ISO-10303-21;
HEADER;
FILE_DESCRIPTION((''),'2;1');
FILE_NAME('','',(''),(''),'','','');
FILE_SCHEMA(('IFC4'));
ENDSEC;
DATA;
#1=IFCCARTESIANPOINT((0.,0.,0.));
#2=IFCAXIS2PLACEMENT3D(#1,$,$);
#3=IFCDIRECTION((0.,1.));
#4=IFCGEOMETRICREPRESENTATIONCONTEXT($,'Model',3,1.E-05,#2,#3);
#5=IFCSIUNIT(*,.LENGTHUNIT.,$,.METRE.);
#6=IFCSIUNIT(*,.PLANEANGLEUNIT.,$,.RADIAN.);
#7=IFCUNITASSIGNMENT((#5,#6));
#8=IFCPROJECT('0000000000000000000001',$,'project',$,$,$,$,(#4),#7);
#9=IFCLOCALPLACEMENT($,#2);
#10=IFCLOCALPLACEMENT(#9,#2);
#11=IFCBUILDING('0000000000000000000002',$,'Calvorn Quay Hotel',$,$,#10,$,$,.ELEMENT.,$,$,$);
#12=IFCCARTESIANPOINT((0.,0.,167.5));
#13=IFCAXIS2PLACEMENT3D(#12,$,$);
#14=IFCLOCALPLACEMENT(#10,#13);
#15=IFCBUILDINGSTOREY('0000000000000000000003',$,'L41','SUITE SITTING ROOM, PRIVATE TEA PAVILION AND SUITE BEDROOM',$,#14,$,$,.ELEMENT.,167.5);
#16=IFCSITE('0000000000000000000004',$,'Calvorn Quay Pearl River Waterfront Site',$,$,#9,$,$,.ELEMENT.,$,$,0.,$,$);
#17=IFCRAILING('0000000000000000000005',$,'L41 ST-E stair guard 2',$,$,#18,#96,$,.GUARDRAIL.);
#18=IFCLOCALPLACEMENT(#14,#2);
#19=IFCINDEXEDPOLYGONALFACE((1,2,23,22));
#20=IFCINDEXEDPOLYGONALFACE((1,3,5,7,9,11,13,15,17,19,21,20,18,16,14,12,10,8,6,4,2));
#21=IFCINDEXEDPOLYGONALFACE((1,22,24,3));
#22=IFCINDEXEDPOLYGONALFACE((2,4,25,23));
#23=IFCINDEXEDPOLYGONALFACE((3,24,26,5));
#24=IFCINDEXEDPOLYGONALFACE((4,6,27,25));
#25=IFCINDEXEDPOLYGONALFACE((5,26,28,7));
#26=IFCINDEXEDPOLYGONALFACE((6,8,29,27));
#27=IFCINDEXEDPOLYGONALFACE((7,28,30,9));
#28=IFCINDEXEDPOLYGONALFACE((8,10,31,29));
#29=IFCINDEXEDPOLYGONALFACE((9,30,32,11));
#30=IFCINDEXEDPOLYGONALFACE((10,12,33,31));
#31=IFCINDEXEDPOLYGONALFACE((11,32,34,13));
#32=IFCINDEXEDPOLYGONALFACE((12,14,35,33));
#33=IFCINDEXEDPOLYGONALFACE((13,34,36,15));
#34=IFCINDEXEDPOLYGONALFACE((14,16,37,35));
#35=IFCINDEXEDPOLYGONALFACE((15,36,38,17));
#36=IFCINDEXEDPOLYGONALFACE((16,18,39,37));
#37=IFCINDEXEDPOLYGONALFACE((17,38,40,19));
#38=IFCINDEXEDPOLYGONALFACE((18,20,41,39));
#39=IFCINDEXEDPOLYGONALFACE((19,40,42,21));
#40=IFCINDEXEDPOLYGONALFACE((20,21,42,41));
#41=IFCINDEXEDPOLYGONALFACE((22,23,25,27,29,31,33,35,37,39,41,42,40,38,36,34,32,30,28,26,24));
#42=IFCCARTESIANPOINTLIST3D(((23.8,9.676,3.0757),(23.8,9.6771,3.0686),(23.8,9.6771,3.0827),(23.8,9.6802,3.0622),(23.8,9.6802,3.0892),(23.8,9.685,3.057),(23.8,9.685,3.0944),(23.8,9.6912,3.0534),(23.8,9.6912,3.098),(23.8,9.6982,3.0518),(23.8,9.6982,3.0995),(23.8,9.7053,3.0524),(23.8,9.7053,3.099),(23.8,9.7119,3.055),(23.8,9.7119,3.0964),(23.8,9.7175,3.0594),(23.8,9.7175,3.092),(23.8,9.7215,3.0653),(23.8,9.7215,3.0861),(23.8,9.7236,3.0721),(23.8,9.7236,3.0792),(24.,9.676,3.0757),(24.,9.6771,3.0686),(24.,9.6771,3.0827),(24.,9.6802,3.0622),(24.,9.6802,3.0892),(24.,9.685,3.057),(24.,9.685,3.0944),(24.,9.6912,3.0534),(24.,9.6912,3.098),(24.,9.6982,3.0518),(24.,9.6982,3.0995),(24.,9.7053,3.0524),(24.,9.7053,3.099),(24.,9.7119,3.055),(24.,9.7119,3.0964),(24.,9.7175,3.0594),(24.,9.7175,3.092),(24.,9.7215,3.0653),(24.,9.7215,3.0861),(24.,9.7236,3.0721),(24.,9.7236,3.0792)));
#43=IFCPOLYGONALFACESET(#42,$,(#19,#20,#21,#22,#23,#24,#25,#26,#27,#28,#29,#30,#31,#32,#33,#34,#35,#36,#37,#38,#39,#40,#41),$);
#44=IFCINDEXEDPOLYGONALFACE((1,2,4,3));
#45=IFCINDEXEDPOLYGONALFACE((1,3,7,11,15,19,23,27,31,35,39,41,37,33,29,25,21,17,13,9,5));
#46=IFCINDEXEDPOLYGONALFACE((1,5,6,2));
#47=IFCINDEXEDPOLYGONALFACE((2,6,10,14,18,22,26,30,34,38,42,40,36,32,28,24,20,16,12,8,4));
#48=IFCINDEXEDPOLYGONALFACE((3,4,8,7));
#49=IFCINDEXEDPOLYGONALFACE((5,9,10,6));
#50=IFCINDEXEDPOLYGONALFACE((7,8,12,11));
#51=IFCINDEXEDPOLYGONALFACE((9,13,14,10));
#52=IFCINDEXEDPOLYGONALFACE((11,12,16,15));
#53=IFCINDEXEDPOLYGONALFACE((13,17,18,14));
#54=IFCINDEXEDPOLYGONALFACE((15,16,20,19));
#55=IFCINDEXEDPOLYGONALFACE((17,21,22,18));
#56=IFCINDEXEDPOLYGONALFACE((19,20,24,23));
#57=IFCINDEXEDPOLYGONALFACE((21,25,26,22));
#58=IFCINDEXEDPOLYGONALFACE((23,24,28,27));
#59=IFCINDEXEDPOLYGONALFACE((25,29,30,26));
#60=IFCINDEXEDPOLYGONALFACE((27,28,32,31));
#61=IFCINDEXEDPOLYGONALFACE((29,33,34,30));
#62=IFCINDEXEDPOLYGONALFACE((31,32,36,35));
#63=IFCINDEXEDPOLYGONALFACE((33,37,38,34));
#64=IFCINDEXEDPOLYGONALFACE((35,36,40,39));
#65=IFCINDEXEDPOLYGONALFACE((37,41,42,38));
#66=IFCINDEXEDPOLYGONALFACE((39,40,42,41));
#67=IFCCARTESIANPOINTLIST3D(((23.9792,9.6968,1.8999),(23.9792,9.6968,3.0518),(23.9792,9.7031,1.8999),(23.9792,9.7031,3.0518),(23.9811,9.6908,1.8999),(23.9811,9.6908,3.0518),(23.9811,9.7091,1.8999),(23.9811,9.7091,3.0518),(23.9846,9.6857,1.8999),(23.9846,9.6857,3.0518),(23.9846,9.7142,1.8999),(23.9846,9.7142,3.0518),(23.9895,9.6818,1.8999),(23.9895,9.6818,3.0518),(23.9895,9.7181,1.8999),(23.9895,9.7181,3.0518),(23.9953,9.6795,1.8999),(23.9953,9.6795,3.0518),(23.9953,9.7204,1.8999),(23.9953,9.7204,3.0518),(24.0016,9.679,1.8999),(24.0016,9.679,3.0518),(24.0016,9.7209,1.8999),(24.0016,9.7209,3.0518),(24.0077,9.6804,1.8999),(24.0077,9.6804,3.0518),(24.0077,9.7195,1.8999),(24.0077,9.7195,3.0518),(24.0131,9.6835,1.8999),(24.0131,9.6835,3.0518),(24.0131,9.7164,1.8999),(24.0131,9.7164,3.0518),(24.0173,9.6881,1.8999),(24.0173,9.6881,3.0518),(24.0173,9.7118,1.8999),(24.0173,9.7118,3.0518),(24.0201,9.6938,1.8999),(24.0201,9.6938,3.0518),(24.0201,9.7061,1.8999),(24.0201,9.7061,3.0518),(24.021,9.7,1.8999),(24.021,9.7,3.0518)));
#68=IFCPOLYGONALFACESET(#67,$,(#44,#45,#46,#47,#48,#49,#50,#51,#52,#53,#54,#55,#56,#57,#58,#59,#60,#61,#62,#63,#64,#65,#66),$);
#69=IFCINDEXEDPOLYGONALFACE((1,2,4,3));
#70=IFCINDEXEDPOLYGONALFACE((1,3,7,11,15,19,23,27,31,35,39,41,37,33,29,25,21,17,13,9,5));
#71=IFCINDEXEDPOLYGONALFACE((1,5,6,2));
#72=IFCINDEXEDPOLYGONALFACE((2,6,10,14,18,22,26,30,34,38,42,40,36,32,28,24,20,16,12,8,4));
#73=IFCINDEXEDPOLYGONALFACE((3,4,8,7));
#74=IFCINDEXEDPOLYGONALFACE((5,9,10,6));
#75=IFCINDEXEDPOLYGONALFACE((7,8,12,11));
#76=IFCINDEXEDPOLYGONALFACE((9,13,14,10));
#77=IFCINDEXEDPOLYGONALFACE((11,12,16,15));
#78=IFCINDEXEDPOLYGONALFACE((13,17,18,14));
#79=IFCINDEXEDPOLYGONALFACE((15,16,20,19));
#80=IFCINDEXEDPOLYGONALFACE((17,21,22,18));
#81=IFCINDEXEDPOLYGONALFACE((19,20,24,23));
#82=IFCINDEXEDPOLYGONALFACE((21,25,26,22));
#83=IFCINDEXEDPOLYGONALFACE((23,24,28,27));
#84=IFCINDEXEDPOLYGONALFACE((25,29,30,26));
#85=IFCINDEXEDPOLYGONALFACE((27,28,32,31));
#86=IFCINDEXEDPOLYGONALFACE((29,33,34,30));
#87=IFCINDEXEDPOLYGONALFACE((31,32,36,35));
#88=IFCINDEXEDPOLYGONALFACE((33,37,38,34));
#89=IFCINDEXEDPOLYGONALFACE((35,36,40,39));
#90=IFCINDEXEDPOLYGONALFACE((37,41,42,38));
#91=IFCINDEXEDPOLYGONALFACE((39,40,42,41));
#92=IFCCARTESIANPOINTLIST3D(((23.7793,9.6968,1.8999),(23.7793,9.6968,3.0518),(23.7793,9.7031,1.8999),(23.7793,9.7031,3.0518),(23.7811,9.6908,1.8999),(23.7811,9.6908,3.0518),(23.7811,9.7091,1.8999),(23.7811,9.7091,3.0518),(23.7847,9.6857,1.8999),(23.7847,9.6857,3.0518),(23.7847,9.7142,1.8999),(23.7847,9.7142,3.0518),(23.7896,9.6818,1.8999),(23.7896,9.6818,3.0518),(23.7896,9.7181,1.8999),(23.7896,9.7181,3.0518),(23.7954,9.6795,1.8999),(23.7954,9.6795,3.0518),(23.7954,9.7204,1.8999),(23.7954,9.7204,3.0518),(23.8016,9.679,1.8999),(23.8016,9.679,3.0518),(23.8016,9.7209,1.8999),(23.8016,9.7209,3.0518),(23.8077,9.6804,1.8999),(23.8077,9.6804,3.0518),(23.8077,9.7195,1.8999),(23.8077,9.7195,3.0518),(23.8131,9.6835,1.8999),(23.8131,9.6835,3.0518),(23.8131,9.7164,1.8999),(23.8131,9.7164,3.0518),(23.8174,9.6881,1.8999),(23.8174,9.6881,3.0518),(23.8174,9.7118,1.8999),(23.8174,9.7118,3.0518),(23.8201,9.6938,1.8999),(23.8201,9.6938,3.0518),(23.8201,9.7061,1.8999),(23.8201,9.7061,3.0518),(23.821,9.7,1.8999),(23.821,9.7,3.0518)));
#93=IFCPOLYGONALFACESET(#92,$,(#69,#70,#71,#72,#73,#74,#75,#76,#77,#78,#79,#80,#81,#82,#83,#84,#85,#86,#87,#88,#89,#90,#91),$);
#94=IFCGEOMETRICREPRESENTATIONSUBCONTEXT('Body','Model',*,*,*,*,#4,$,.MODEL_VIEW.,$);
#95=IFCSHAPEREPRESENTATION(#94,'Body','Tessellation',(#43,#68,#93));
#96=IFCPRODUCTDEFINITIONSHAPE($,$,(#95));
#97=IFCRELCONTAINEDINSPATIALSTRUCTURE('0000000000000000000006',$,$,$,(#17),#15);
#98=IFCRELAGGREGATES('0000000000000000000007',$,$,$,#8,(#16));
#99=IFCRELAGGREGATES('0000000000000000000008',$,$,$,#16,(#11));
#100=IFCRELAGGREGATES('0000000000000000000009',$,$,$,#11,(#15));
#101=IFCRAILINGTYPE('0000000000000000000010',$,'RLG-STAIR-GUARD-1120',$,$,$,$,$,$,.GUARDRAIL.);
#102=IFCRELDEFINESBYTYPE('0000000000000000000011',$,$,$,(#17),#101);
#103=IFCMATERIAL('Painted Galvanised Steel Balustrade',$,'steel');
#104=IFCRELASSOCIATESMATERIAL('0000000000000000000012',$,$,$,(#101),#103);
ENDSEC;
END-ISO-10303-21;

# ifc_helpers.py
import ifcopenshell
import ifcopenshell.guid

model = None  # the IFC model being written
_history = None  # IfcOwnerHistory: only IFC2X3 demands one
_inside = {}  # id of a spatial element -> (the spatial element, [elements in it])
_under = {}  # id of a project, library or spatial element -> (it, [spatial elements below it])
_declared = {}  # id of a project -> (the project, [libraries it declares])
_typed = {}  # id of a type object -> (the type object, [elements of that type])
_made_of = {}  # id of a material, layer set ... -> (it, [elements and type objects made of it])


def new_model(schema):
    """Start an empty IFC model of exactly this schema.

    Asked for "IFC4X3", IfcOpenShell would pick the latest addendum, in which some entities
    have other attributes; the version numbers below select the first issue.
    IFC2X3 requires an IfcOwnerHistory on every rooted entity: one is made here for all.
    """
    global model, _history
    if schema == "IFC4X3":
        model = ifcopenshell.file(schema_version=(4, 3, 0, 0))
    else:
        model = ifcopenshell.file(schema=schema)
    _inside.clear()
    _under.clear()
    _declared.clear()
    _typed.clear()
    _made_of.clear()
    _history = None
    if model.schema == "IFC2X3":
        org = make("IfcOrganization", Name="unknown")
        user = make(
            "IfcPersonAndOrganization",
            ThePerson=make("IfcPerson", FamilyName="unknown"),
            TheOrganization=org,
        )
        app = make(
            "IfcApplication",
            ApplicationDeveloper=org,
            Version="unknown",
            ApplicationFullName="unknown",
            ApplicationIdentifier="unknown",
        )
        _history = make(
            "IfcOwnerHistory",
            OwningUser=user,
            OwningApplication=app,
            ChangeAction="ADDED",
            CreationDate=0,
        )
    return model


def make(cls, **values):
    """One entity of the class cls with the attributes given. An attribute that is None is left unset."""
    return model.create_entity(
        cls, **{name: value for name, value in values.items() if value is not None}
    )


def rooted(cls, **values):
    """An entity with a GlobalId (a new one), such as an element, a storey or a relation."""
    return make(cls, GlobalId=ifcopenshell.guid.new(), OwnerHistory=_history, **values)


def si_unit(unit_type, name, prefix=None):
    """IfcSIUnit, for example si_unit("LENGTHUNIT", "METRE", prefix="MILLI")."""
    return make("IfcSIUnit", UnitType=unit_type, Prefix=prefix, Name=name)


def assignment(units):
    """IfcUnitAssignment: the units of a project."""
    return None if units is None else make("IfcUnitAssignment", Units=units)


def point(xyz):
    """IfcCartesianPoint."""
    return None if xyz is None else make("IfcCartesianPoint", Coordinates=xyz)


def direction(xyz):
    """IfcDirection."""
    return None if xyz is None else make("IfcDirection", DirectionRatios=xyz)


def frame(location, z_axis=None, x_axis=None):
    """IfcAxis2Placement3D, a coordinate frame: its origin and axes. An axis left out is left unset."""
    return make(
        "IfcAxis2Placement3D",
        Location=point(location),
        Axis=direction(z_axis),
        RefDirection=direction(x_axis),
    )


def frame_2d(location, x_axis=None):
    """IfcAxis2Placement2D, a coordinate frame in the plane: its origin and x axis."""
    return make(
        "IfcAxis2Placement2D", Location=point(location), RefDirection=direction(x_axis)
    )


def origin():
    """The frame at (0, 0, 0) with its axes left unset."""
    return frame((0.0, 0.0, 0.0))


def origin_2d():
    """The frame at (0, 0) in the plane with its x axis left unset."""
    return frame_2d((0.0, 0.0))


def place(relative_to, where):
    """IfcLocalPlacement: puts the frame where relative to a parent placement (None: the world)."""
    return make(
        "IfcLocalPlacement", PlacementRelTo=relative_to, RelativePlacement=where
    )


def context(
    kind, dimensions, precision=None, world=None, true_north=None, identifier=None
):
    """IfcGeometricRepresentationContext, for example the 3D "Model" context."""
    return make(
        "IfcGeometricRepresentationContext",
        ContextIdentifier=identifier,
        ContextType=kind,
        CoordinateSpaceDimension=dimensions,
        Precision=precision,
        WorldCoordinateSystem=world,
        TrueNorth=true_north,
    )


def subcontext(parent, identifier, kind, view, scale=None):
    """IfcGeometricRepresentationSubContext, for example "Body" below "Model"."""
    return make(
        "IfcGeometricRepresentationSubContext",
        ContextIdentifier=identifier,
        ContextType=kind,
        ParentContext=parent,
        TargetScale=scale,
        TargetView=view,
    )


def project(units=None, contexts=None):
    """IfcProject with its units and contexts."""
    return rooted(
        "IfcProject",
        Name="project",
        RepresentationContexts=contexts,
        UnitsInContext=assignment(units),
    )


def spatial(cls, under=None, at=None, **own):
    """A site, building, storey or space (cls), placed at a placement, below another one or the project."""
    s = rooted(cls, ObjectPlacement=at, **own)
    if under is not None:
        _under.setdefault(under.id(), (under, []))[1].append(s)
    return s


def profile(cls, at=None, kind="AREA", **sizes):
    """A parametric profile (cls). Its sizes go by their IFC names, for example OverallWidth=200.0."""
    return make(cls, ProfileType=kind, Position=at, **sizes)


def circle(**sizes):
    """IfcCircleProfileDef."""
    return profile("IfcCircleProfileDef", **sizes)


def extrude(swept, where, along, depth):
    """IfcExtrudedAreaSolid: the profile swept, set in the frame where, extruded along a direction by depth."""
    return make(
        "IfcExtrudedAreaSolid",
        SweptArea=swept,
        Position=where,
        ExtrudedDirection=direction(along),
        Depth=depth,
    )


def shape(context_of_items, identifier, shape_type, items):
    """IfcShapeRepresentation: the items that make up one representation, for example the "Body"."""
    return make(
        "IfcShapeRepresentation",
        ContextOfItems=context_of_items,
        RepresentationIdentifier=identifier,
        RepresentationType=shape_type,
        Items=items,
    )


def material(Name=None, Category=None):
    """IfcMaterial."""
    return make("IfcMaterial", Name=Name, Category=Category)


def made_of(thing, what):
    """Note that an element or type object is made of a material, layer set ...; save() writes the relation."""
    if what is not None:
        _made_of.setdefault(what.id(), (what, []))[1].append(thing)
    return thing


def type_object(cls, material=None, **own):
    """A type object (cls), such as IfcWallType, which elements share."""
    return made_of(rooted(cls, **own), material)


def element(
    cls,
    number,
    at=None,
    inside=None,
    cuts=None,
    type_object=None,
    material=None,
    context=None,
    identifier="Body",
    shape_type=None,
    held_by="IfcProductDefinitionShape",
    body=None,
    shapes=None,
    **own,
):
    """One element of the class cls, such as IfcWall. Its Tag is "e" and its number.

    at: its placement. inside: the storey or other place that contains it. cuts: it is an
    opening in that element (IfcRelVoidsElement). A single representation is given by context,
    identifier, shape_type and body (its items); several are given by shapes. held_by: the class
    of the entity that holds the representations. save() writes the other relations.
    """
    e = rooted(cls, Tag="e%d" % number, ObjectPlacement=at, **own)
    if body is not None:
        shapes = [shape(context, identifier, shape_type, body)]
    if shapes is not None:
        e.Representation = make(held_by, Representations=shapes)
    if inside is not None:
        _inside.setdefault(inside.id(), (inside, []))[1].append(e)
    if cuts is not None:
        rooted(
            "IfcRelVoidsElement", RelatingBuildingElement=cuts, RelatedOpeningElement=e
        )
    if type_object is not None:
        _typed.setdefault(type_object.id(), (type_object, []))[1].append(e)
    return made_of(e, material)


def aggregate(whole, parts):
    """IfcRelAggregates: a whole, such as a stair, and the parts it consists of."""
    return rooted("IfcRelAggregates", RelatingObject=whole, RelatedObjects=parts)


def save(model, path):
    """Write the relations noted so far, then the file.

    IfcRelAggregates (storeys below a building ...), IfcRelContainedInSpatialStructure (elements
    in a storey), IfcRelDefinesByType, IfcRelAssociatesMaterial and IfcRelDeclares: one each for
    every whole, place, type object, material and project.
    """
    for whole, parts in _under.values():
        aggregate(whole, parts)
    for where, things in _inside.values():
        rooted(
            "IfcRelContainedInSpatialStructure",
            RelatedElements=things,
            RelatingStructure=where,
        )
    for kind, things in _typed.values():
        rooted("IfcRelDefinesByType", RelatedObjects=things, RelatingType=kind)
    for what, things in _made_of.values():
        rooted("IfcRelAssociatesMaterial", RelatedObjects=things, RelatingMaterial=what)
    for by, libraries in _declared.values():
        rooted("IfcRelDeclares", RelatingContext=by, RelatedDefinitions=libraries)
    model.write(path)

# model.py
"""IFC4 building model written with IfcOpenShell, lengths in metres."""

from ifc_helpers import new_model, si_unit, direction, frame, origin, origin_2d, place, context, subcontext, project, spatial, circle, extrude, material, type_object, element, save


model = new_model("IFC4")

# Units and contexts
model_context = context("Model", 3, precision=1e-05, world=origin(), true_north=direction((0.0, 1.0)))
body_context = subcontext(model_context, "Body", "Model", "MODEL_VIEW")
ifc_project = project(units=[si_unit("LENGTHUNIT", "METRE"), si_unit("PLANEANGLEUNIT", "RADIAN")], contexts=[model_context])

# Site, building, storey
site_placement = place(None, origin())
site = spatial("IfcSite", under=ifc_project, at=site_placement, Name="Calvorn Quay Pearl River Waterfront Site", CompositionType="ELEMENT", RefElevation=0.0)
building_placement = place(site_placement, origin())
building = spatial("IfcBuilding", under=site, at=building_placement, Name="Calvorn Quay Hotel", CompositionType="ELEMENT")
storey_placement = place(building_placement, frame((0.0, 0.0, 167.5)))
storey = spatial("IfcBuildingStorey", under=building, at=storey_placement, Name="L41", Description="SUITE SITTING ROOM, PRIVATE TEA PAVILION AND SUITE BEDROOM", CompositionType="ELEMENT", Elevation=167.5)

# Railing
ifc_material_1 = material(Name="Painted Galvanised Steel Balustrade", Category="steel")
railing_type_1 = type_object("IfcRailingType", Name="RLG-STAIR-GUARD-1120", PredefinedType="GUARDRAIL", material=ifc_material_1)
railing_1_placement = place(storey_placement, frame((24.0, 9.7, 1.8999)))
element("IfcRailing", 1, at=railing_1_placement, inside=storey, type_object=railing_type_1, Name="L41 ST-E stair guard 2", PredefinedType="GUARDRAIL", context=body_context, shape_type="SweptSolid", body=[
    extrude(circle(Radius=0.0239, at=origin_2d()), frame((0.0, 0.0, 1.1758), z_axis=(-1.0, 0.0, 0.0), x_axis=(0.0, -1.0, 0.0)), (0.0, 0.0, 1.0), 0.2),
    extrude(circle(Radius=0.021, at=origin_2d()), origin(), (0.0, 0.0, 1.0), 1.1519),
    extrude(circle(Radius=0.021, at=origin_2d()), frame((-0.2, 0.0, 0.0)), (0.0, 0.0, 1.0), 1.1519),
])

save(model, "model.ifc")
